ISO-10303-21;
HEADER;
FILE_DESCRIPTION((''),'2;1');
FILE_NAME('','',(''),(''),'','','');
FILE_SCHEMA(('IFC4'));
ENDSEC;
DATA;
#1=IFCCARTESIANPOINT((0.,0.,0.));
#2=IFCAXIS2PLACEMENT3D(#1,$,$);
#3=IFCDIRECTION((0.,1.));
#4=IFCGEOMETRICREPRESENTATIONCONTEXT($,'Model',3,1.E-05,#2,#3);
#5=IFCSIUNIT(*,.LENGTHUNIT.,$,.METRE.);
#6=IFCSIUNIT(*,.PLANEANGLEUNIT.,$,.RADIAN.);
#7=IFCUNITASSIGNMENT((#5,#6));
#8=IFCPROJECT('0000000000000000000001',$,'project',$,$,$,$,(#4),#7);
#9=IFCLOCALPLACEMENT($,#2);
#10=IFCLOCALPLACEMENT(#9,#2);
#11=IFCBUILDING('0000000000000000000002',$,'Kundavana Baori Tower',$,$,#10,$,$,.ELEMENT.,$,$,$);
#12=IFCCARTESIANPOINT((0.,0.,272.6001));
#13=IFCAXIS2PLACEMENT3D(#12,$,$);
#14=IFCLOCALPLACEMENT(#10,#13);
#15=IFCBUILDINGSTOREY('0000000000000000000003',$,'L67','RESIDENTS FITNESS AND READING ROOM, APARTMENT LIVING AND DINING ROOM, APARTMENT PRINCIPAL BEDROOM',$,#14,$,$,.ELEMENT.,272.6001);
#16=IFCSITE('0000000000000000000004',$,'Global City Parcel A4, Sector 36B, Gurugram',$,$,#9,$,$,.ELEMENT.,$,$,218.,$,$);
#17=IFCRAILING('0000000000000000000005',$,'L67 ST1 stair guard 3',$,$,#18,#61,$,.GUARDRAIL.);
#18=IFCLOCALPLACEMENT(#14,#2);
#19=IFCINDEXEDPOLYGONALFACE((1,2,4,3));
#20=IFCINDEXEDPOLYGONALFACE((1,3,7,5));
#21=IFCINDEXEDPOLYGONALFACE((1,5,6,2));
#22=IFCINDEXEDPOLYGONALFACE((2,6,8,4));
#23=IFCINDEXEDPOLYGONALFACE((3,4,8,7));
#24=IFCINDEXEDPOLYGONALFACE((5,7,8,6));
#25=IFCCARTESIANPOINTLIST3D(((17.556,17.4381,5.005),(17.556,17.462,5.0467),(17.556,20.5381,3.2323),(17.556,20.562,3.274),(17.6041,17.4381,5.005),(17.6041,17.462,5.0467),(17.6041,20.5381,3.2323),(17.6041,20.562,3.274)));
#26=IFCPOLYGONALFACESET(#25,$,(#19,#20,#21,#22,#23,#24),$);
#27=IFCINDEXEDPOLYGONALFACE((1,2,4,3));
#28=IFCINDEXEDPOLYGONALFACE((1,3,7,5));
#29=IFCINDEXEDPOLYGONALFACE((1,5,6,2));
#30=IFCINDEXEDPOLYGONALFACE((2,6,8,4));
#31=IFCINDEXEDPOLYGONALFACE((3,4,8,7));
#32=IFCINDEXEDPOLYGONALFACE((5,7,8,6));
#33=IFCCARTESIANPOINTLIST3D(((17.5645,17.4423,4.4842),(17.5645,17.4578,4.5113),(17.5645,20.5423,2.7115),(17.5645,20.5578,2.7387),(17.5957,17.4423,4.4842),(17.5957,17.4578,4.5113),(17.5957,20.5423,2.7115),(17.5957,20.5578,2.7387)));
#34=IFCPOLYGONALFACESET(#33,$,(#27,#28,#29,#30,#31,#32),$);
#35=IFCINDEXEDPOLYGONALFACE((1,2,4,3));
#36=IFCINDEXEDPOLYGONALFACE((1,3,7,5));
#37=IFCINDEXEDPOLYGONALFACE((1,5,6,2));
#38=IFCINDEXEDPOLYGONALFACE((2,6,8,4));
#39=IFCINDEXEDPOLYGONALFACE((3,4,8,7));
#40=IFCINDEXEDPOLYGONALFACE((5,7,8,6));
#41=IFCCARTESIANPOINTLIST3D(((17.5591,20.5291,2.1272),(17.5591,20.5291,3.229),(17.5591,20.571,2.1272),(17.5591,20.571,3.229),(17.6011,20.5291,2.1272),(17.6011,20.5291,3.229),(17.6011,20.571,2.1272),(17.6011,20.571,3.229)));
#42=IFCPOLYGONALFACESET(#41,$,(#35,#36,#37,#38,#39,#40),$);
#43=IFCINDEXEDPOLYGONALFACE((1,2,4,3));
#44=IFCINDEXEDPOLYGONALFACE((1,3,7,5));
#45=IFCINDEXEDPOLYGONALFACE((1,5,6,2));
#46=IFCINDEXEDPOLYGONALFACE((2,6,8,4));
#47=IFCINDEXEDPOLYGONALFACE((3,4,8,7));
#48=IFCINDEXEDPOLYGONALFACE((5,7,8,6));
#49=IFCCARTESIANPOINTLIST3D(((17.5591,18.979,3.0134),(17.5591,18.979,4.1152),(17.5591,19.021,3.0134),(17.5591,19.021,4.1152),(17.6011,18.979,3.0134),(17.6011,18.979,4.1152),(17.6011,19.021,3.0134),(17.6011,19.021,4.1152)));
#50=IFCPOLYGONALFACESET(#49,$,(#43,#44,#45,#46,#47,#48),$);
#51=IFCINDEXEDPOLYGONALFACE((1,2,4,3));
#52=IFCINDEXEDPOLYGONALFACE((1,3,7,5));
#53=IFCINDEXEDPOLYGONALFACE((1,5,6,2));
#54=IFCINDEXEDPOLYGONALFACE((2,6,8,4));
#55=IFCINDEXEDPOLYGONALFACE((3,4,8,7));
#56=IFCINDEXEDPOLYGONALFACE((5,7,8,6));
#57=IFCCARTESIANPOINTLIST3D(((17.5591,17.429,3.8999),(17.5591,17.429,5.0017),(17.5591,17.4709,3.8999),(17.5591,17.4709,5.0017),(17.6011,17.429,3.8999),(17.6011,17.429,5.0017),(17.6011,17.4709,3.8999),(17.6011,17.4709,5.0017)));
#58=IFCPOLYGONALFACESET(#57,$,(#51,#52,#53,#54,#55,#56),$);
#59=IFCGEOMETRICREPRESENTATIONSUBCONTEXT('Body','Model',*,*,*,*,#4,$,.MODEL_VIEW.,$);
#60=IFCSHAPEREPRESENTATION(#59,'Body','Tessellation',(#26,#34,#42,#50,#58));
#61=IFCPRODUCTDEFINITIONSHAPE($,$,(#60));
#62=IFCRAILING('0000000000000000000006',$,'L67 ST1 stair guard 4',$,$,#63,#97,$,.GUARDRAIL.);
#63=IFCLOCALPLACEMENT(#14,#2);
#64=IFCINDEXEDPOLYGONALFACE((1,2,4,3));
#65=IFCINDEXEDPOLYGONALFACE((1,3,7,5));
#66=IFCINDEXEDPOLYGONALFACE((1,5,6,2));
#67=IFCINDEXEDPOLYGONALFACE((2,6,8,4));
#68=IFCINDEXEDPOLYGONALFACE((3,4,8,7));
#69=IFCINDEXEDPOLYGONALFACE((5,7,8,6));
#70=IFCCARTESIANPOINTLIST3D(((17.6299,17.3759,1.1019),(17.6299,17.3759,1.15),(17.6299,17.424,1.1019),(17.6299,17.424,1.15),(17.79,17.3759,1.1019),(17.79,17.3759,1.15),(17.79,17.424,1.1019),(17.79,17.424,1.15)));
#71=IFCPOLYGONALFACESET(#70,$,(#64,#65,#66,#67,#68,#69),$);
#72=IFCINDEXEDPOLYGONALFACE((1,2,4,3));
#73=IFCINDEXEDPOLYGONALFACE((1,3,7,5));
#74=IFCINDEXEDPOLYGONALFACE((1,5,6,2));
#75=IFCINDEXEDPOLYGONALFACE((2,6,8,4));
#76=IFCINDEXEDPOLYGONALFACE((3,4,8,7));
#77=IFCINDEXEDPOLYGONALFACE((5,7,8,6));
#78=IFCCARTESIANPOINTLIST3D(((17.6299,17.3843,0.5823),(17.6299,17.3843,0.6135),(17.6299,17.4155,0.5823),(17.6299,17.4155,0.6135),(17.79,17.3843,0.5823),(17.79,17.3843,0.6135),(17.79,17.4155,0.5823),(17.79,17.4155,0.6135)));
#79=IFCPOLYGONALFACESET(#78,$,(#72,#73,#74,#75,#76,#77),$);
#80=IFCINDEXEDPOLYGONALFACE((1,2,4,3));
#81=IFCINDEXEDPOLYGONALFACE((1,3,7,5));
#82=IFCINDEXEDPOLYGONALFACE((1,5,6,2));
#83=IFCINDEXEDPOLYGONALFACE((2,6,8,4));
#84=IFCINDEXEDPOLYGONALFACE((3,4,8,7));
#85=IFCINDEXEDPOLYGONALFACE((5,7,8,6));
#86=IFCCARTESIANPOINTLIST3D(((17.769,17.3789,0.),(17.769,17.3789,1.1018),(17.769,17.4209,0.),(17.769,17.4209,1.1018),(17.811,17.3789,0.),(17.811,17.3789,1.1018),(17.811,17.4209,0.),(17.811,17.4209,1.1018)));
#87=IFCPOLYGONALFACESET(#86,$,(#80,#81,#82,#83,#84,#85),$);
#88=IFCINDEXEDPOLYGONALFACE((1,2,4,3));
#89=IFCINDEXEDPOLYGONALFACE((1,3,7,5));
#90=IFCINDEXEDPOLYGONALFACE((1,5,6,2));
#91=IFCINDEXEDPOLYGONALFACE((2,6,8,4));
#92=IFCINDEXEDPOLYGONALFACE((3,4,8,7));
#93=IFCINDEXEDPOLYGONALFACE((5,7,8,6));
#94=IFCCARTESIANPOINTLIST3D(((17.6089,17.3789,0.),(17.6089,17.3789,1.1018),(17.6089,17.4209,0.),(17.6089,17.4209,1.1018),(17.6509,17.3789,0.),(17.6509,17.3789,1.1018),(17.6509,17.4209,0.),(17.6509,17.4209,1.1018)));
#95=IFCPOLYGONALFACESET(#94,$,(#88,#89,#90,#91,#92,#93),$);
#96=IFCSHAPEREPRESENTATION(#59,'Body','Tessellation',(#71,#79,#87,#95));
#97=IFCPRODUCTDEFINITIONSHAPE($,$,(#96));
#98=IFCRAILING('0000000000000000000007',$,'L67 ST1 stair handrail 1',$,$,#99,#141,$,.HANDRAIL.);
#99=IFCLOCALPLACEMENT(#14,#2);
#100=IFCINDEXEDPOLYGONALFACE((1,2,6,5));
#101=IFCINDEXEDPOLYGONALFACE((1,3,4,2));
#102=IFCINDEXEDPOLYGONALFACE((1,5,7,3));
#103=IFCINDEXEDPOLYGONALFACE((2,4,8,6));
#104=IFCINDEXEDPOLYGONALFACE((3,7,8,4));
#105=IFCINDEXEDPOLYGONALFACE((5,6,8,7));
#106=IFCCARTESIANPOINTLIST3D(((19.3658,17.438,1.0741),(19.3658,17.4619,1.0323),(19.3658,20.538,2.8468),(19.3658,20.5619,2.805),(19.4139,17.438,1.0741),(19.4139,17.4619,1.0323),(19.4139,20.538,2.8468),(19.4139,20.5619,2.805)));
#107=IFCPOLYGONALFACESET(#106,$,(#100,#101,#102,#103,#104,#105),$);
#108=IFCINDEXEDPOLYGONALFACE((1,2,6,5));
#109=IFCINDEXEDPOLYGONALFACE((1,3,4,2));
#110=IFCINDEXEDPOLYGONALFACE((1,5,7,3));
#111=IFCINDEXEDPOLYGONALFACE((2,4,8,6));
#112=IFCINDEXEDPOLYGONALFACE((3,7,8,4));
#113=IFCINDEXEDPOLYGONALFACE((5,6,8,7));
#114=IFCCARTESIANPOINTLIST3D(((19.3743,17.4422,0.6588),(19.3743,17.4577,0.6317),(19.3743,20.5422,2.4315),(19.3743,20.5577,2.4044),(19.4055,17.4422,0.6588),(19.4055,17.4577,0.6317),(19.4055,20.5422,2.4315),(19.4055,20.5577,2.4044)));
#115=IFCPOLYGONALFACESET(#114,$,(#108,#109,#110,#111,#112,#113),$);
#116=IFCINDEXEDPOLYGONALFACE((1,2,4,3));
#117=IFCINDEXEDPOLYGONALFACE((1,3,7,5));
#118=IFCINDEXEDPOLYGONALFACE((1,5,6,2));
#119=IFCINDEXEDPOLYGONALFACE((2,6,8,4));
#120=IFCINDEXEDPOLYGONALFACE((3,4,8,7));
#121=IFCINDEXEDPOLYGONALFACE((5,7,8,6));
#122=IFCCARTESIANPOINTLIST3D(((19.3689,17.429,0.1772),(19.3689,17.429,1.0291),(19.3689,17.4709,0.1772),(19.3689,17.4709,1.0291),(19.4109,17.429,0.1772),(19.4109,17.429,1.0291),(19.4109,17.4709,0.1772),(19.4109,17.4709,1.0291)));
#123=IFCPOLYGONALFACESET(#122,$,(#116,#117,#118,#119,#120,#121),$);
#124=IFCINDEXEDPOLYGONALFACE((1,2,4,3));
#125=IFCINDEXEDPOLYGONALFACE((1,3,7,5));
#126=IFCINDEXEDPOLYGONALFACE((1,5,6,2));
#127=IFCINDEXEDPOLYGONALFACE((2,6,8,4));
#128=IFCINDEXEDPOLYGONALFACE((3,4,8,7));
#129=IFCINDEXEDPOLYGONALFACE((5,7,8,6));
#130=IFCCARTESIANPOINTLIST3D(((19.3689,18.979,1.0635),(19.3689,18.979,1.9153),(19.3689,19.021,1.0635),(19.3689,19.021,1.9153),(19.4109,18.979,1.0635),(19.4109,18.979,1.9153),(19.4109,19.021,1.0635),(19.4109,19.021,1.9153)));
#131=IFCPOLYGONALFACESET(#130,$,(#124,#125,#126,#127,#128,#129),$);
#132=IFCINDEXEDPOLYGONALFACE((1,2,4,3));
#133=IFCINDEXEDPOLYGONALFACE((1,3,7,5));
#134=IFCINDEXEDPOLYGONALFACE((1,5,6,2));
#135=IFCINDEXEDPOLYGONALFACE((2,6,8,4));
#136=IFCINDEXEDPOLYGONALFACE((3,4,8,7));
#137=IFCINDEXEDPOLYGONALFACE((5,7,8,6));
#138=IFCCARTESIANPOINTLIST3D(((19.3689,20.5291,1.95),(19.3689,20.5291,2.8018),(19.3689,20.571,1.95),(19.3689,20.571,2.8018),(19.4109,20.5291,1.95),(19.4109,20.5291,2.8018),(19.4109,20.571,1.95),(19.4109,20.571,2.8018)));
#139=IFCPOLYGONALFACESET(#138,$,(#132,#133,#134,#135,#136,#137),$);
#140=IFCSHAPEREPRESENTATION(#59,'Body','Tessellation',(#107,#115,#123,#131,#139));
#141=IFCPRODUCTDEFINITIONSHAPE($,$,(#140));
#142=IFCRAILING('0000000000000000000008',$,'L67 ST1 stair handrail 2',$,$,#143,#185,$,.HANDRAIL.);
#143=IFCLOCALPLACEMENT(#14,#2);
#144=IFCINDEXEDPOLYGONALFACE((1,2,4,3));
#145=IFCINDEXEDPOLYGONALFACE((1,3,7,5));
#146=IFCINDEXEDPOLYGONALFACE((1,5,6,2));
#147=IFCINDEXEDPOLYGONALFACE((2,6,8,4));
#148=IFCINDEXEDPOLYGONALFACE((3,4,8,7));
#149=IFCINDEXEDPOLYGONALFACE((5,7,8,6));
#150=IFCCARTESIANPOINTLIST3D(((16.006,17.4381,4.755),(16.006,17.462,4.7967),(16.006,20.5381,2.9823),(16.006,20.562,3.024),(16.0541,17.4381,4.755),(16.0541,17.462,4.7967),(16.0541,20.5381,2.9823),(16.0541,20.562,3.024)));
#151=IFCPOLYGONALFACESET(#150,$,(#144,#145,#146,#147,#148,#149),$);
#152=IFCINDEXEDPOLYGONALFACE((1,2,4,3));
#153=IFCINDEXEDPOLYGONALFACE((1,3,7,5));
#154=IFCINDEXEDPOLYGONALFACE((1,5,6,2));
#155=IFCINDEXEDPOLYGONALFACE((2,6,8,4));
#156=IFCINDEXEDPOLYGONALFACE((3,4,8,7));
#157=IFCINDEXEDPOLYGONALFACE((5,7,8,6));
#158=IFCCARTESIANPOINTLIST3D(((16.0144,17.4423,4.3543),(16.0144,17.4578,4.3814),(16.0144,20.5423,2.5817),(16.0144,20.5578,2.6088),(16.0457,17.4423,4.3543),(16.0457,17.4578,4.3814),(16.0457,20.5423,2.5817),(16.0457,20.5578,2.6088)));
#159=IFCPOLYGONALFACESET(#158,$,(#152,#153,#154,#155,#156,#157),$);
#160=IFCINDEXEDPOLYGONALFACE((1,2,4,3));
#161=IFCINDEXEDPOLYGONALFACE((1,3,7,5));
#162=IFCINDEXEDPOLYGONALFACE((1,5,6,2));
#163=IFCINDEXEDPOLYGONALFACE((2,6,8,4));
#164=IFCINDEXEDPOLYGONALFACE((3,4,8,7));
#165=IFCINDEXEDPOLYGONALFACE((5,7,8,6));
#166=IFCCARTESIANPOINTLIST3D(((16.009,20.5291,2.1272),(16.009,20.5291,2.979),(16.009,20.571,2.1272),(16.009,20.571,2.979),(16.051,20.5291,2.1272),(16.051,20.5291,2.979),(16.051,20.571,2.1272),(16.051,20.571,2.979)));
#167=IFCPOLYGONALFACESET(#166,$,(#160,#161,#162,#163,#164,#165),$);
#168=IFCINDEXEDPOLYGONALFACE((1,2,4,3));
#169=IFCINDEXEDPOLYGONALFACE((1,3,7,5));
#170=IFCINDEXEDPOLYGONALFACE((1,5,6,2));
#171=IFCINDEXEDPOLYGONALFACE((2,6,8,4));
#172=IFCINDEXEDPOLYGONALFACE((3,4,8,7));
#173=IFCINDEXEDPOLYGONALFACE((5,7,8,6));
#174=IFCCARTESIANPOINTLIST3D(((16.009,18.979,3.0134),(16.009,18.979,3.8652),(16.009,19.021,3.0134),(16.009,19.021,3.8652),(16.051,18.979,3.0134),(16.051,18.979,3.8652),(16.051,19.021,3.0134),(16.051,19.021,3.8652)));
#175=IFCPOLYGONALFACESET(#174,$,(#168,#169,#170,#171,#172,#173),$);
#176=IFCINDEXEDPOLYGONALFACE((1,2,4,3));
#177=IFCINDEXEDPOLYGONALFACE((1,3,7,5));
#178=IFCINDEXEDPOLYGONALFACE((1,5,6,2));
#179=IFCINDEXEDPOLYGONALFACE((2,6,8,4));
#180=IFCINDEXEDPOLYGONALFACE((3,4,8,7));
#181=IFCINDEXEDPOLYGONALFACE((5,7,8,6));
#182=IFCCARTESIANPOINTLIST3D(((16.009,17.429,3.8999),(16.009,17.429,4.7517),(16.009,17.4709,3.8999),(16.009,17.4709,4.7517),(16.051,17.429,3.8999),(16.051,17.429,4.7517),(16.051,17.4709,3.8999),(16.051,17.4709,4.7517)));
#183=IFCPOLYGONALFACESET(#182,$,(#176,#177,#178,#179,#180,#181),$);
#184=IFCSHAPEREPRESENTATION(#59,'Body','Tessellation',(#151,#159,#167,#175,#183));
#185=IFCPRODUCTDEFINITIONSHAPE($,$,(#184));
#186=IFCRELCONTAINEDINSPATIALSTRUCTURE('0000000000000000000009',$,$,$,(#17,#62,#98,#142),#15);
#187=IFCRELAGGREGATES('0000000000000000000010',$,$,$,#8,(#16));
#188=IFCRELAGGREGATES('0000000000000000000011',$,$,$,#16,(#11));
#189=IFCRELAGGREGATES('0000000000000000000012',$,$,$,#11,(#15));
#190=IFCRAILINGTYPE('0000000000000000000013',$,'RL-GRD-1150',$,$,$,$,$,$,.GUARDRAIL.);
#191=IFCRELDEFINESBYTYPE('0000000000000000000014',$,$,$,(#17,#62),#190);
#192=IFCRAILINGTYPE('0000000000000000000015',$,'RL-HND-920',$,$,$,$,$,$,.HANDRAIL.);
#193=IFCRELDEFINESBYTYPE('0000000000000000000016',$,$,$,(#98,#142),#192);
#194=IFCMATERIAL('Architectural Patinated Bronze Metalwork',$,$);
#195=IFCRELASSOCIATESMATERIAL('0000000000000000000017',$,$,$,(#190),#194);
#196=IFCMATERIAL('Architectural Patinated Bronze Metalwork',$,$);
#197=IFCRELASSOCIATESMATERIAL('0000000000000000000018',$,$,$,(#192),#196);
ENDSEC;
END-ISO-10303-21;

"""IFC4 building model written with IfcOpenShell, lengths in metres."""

from ifc_helpers import new_model, si_unit, direction, frame, origin, origin_2d, place, context, subcontext, project, spatial, rectangle, extrude, material, type_object, element, save


model = new_model("IFC4")

# Units and contexts
model_context = context("Model", 3, precision=1e-05, world=origin(), true_north=direction((0.0, 1.0)))
body_context = subcontext(model_context, "Body", "Model", "MODEL_VIEW")
ifc_project = project(units=[si_unit("LENGTHUNIT", "METRE"), si_unit("PLANEANGLEUNIT", "RADIAN")], contexts=[model_context])

# Site, building, storey
site_placement = place(None, origin())
site = spatial("IfcSite", under=ifc_project, at=site_placement, Name="Global City Parcel A4, Sector 36B, Gurugram", CompositionType="ELEMENT", RefElevation=218.0)
building_placement = place(site_placement, origin())
building = spatial("IfcBuilding", under=site, at=building_placement, Name="Kundavana Baori Tower", CompositionType="ELEMENT")
storey_placement = place(building_placement, frame((0.0, 0.0, 272.6001)))
storey = spatial("IfcBuildingStorey", under=building, at=storey_placement, Name="L67", Description="RESIDENTS FITNESS AND READING ROOM, APARTMENT LIVING AND DINING ROOM, APARTMENT PRINCIPAL BEDROOM", CompositionType="ELEMENT", Elevation=272.6001)

# Railings
ifc_material_1 = material(Name="Architectural Patinated Bronze Metalwork")
railing_type_1 = type_object("IfcRailingType", Name="RL-GRD-1150", PredefinedType="GUARDRAIL", material=ifc_material_1)
railing_1_placement = place(storey_placement, frame((17.5801, 20.55, 2.1272)))
element("IfcRailing", 1, at=railing_1_placement, inside=storey, type_object=railing_type_1, Name="L67 ST1 stair guard 3", PredefinedType="GUARDRAIL", context=body_context, shape_type="SweptSolid", body=[
    extrude(rectangle(XDim=0.0481, YDim=0.0481, at=origin_2d()), frame((0.0, 0.0, 1.126), z_axis=(0.0, -0.868096, 0.496397), x_axis=(1.0, 0.0, 0.0)), (0.0, 0.0, 1.0), 3.571),
    extrude(rectangle(XDim=0.0312, YDim=0.0312, at=origin_2d()), frame((0.0, 0.0, 0.5979), z_axis=(0.0, -0.868096, 0.496397), x_axis=(1.0, 0.0, 0.0)), (0.0, 0.0, 1.0), 3.571),
    extrude(rectangle(XDim=0.042, YDim=0.042, at=origin_2d()), origin(), (0.0, 0.0, 1.0), 1.1018),
    extrude(rectangle(XDim=0.042, YDim=0.042, at=origin_2d()), frame((0.0, -1.55, 0.8862)), (0.0, 0.0, 1.0), 1.1018),
    extrude(rectangle(XDim=0.042, YDim=0.042, at=origin_2d()), frame((0.0, -3.1001, 1.7727)), (0.0, 0.0, 1.0), 1.1018),
])
railing_2_placement = place(storey_placement, frame((17.79, 17.3999, 0.0)))
element("IfcRailing", 2, at=railing_2_placement, inside=storey, type_object=railing_type_1, Name="L67 ST1 stair guard 4", PredefinedType="GUARDRAIL", context=body_context, shape_type="SweptSolid", body=[
    extrude(rectangle(XDim=0.0481, YDim=0.0481, at=origin_2d()), frame((0.0, 0.0, 1.126), z_axis=(-1.0, 0.0, 0.0), x_axis=(0.0, -1.0, 0.0)), (0.0, 0.0, 1.0), 0.1602),
    extrude(rectangle(XDim=0.0312, YDim=0.0312, at=origin_2d()), frame((0.0, 0.0, 0.5979), z_axis=(-1.0, 0.0, 0.0), x_axis=(0.0, -1.0, 0.0)), (0.0, 0.0, 1.0), 0.1602),
    extrude(rectangle(XDim=0.042, YDim=0.042, at=origin_2d()), origin(), (0.0, 0.0, 1.0), 1.1018),
    extrude(rectangle(XDim=0.042, YDim=0.042, at=origin_2d()), frame((-0.1602, 0.0, 0.0)), (0.0, 0.0, 1.0), 1.1018),
])
ifc_material_2 = material(Name="Architectural Patinated Bronze Metalwork")
railing_type_2 = type_object("IfcRailingType", Name="RL-HND-920", PredefinedType="HANDRAIL", material=ifc_material_2)
railing_3_placement = place(storey_placement, frame((19.3899, 17.45, 0.1772)))
element("IfcRailing", 3, at=railing_3_placement, inside=storey, type_object=railing_type_2, Name="L67 ST1 stair handrail 1", PredefinedType="HANDRAIL", context=body_context, shape_type="SweptSolid", body=[
    extrude(rectangle(XDim=0.0481, YDim=0.0481, at=origin_2d()), frame((0.0, 0.0, 0.876), z_axis=(0.0, 0.868096, 0.496397), x_axis=(-1.0, 0.0, 0.0)), (0.0, 0.0, 1.0), 3.571),
    extrude(rectangle(XDim=0.0312, YDim=0.0312, at=origin_2d()), frame((0.0, 0.0, 0.468), z_axis=(0.0, 0.868096, 0.496397), x_axis=(-1.0, 0.0, 0.0)), (0.0, 0.0, 1.0), 3.571),
    extrude(rectangle(XDim=0.042, YDim=0.042, at=origin_2d()), origin(), (0.0, 0.0, 1.0), 0.8518),
    extrude(rectangle(XDim=0.042, YDim=0.042, at=origin_2d()), frame((0.0, 1.55, 0.8862)), (0.0, 0.0, 1.0), 0.8518),
    extrude(rectangle(XDim=0.042, YDim=0.042, at=origin_2d()), frame((0.0, 3.1001, 1.7727)), (0.0, 0.0, 1.0), 0.8518),
])
railing_4_placement = place(storey_placement, frame((16.03, 20.55, 2.1272)))
element("IfcRailing", 4, at=railing_4_placement, inside=storey, type_object=railing_type_2, Name="L67 ST1 stair handrail 2", PredefinedType="HANDRAIL", context=body_context, shape_type="SweptSolid", body=[
    extrude(rectangle(XDim=0.0481, YDim=0.0481, at=origin_2d()), frame((0.0, 0.0, 0.876), z_axis=(0.0, -0.868096, 0.496397), x_axis=(1.0, 0.0, 0.0)), (0.0, 0.0, 1.0), 3.571),
    extrude(rectangle(XDim=0.0312, YDim=0.0312, at=origin_2d()), frame((0.0, 0.0, 0.468), z_axis=(0.0, -0.868096, 0.496397), x_axis=(1.0, 0.0, 0.0)), (0.0, 0.0, 1.0), 3.571),
    extrude(rectangle(XDim=0.042, YDim=0.042, at=origin_2d()), origin(), (0.0, 0.0, 1.0), 0.8518),
    extrude(rectangle(XDim=0.042, YDim=0.042, at=origin_2d()), frame((0.0, -1.55, 0.8862)), (0.0, 0.0, 1.0), 0.8518),
    extrude(rectangle(XDim=0.042, YDim=0.042, at=origin_2d()), frame((0.0, -3.1001, 1.7727)), (0.0, 0.0, 1.0), 0.8518),
])

save(model, "model.ifc")
